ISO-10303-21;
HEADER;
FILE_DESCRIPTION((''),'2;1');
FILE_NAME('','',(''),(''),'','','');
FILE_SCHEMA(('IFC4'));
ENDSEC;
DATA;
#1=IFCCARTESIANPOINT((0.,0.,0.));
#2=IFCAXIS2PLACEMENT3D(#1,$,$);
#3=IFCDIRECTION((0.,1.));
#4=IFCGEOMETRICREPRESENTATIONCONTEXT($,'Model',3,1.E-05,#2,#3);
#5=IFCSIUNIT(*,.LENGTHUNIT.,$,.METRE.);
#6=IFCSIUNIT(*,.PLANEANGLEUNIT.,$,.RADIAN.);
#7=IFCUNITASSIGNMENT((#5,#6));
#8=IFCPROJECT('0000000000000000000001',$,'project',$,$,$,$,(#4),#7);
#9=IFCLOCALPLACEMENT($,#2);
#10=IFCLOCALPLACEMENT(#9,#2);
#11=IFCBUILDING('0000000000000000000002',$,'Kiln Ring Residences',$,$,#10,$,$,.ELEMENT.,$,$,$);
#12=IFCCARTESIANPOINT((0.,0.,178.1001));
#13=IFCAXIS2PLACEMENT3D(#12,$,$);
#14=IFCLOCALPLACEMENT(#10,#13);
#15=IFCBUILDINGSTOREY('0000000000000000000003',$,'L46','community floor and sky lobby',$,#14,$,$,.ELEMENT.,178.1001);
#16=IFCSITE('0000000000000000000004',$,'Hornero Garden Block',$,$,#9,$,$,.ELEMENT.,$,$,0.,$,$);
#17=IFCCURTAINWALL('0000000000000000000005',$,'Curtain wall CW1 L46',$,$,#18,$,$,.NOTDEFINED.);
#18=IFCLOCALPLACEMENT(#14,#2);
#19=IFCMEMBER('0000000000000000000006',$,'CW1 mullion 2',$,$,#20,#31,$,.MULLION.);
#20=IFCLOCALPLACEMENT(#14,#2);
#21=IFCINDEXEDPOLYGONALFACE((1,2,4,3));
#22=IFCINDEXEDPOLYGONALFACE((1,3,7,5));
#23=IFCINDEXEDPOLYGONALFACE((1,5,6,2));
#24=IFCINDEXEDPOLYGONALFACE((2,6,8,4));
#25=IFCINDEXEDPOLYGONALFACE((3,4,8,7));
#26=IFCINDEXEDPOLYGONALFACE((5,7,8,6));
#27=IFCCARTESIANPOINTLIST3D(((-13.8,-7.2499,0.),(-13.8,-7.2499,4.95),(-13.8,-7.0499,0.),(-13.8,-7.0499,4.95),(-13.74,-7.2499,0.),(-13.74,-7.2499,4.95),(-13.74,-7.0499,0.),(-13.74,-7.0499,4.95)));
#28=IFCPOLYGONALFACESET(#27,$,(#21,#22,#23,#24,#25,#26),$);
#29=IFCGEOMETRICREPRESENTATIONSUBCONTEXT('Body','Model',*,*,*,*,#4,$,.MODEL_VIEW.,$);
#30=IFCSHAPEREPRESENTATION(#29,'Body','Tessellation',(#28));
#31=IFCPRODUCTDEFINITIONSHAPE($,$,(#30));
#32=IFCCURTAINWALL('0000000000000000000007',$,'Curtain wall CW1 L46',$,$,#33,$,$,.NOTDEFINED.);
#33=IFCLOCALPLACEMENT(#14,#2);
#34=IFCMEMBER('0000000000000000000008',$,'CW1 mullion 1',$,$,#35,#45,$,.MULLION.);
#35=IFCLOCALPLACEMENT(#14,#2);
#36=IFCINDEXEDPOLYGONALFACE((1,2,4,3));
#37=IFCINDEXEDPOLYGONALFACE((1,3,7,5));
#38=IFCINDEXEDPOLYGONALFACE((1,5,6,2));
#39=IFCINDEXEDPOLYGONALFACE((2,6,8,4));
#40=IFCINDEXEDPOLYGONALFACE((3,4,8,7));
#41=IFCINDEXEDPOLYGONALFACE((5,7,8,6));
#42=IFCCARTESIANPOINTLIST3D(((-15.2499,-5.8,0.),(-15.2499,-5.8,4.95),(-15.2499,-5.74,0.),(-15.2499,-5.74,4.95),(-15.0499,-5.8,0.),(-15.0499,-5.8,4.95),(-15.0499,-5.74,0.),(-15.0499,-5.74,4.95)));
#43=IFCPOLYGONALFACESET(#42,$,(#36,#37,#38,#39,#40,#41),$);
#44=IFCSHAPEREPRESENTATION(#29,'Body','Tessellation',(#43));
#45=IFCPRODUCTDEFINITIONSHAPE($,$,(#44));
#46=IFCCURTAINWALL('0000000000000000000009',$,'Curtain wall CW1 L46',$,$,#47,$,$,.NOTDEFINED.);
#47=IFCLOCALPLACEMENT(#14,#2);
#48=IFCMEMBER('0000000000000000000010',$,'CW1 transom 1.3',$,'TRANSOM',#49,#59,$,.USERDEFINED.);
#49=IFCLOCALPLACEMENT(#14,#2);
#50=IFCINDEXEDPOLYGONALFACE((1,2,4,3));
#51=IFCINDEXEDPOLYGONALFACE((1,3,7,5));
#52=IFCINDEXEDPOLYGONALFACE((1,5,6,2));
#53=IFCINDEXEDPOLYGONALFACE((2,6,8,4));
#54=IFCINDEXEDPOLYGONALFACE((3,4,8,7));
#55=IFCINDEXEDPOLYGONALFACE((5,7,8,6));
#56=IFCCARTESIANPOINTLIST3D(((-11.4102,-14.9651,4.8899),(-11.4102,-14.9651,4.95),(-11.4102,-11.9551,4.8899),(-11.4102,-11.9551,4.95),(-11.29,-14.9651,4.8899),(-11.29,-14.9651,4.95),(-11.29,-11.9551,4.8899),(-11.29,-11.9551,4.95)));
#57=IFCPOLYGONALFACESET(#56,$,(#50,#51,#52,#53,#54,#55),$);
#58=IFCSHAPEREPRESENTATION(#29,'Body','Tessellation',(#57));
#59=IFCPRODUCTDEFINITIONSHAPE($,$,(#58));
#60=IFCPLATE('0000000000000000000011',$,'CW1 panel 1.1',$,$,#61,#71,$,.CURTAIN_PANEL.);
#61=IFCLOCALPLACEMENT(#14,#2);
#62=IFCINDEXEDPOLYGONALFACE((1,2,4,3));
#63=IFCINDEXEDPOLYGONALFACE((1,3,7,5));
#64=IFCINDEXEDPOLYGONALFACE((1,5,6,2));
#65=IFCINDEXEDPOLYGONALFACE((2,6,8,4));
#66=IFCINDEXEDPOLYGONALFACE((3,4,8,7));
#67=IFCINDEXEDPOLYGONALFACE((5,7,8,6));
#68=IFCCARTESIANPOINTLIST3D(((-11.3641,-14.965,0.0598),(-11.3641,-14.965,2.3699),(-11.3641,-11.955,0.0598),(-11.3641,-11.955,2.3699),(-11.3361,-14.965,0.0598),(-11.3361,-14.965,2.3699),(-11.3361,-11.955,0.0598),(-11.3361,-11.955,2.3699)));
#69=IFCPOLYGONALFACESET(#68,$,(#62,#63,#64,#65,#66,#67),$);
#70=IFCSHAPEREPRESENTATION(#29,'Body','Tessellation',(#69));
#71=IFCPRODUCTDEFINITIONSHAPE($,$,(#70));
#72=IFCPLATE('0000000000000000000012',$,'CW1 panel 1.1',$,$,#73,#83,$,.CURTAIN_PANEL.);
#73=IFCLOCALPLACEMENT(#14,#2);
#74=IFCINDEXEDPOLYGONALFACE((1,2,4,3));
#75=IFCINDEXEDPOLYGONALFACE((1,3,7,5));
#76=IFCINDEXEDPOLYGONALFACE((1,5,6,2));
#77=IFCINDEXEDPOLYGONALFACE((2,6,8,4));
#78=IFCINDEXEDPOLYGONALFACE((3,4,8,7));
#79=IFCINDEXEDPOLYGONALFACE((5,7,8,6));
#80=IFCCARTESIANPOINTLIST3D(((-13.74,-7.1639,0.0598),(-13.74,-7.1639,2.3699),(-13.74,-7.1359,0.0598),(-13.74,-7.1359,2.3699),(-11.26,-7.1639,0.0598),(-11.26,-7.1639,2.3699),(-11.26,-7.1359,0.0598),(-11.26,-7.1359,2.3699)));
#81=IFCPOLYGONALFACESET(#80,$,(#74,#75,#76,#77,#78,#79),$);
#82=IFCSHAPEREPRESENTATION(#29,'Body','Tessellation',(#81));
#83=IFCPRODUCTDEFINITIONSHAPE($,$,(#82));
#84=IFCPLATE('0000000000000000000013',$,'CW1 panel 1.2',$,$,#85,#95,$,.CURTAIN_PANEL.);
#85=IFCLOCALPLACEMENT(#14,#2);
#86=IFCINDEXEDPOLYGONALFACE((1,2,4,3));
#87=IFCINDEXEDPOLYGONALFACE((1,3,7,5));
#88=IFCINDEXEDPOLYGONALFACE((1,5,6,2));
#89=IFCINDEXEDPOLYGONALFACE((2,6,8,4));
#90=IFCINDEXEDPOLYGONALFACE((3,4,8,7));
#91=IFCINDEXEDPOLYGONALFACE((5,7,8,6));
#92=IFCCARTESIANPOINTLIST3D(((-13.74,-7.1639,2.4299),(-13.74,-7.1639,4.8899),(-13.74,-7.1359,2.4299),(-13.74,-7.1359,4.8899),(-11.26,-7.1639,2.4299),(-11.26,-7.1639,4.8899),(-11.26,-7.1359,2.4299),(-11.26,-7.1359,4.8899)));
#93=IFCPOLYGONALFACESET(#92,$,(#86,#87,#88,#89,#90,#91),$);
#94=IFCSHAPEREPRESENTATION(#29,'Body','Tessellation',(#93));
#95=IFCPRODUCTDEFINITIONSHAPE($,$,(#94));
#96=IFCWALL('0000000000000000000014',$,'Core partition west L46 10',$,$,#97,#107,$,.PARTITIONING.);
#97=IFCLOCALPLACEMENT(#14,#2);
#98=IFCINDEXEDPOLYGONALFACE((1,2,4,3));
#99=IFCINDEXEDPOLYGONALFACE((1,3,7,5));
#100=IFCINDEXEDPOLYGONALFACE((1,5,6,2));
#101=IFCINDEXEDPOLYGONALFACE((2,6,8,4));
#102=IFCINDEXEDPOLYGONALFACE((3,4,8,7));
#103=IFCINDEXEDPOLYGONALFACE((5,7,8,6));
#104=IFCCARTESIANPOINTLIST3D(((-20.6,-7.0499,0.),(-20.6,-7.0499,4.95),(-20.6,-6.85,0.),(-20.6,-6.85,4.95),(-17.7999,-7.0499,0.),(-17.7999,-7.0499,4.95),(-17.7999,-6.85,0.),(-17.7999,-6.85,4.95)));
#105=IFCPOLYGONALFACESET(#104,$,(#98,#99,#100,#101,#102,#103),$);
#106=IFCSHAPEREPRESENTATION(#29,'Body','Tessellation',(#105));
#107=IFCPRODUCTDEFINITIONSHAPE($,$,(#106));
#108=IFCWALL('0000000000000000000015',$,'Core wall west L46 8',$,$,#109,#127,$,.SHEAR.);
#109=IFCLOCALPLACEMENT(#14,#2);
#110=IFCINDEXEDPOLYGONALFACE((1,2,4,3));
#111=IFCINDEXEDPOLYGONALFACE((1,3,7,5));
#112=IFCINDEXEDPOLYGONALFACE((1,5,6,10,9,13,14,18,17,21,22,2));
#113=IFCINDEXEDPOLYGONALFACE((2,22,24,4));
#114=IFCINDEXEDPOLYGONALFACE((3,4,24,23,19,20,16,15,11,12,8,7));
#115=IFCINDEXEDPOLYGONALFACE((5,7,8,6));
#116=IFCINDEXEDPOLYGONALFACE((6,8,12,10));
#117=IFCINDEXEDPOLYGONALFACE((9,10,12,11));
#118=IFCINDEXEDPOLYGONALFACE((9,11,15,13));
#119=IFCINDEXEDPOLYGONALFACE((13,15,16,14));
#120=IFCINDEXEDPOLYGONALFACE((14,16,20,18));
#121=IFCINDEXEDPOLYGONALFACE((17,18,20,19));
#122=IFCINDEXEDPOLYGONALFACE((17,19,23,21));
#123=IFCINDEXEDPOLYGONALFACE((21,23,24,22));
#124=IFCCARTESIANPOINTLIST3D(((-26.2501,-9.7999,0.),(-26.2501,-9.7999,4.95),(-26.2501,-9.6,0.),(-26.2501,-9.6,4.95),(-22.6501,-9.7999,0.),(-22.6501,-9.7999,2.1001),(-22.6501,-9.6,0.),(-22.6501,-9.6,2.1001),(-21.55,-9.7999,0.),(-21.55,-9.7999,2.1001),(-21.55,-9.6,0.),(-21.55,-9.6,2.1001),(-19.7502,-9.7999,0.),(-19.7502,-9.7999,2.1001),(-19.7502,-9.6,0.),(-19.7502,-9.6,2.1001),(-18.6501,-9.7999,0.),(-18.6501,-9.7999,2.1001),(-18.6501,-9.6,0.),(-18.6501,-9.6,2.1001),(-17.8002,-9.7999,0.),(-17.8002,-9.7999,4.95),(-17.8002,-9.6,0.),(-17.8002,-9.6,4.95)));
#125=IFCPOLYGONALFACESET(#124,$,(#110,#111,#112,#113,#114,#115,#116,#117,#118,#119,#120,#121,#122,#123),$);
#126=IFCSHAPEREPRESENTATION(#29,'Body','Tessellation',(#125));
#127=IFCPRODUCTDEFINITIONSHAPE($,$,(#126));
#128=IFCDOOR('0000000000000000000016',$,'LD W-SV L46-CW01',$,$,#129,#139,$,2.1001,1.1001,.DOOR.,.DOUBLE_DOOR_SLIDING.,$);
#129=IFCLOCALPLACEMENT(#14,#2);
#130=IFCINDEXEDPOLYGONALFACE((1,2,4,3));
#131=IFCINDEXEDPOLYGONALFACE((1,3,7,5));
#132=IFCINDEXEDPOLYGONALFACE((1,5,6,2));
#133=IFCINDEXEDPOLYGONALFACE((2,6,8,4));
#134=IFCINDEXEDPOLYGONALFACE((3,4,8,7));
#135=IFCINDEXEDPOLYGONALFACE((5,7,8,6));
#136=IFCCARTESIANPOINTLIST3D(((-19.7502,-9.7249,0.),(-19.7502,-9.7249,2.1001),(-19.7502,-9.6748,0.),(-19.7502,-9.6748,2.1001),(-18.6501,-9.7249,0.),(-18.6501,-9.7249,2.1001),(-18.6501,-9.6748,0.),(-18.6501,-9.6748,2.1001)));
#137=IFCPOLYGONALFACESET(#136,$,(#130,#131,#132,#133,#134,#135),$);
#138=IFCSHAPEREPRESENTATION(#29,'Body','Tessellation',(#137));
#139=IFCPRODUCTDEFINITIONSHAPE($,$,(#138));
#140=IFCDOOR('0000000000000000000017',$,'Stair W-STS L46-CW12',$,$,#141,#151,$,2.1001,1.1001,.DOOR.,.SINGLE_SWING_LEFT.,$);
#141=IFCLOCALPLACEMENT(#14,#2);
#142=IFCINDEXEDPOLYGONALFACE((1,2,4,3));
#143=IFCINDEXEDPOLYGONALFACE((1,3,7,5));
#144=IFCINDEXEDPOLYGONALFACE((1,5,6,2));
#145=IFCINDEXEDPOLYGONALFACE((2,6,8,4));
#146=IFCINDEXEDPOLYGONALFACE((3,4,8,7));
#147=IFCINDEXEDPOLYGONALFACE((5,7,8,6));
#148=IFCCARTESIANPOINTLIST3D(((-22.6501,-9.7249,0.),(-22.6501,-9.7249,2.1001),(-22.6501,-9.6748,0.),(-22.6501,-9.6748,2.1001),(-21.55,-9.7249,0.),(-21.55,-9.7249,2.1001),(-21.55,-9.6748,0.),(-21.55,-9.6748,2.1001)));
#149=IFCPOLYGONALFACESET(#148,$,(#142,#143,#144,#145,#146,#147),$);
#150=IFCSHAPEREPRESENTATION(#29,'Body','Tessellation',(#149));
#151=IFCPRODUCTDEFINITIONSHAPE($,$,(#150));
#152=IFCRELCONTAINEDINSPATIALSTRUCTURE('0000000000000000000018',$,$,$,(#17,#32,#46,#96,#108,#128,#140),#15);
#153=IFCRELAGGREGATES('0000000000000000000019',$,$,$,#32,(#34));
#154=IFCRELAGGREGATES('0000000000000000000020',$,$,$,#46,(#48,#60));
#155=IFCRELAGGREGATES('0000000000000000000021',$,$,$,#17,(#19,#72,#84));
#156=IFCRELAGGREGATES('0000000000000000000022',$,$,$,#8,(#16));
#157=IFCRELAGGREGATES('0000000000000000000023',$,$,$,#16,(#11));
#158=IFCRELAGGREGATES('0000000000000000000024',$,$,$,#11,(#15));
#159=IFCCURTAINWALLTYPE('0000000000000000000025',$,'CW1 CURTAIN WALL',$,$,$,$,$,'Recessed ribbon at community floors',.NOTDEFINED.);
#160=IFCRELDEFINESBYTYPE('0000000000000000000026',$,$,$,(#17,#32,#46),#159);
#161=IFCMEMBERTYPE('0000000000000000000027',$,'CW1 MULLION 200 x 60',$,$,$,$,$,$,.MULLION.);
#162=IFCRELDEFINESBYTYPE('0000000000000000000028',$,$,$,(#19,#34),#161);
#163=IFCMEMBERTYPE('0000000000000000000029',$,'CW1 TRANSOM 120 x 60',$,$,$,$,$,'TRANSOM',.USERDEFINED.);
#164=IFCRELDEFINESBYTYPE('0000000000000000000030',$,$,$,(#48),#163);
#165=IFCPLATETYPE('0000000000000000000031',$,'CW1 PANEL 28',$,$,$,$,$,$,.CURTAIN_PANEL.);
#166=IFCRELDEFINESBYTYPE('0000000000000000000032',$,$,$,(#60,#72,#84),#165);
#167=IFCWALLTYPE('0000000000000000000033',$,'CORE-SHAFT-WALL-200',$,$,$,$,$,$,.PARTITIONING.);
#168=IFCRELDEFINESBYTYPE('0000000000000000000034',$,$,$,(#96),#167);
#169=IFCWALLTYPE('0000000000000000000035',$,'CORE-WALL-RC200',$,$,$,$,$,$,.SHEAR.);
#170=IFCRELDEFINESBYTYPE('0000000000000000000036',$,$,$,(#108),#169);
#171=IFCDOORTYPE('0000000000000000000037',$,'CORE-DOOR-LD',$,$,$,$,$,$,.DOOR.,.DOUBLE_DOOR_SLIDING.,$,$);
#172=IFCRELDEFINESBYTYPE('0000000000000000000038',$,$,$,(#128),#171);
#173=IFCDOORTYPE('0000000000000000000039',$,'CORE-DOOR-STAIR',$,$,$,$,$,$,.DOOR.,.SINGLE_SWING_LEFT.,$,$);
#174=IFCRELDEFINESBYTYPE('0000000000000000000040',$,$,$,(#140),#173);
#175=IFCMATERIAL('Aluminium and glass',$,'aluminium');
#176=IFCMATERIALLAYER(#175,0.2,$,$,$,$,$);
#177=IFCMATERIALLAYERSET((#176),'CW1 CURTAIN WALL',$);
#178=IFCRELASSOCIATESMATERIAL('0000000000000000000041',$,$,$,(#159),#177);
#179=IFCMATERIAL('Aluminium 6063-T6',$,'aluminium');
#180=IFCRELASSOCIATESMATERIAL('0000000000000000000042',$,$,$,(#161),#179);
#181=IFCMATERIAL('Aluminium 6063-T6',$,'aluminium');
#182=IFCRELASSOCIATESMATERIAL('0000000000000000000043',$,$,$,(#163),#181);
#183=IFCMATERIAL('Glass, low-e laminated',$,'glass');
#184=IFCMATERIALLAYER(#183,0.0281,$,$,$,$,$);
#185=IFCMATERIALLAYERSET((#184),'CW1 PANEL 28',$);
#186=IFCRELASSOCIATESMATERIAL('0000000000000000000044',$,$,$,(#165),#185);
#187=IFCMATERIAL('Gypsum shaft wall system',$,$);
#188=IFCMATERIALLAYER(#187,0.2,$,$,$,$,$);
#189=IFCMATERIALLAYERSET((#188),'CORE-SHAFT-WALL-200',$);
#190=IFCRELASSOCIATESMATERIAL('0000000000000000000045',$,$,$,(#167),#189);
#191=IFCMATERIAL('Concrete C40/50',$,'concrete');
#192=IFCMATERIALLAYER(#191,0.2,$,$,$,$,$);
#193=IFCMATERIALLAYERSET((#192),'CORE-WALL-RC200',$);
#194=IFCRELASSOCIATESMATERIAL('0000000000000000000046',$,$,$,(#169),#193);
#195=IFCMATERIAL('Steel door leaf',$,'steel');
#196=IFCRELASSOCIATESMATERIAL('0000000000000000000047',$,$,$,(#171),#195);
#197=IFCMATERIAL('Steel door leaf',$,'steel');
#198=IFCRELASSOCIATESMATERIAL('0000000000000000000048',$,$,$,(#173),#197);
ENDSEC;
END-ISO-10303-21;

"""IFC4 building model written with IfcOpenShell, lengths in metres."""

from ifc_helpers import new_model, si_unit, direction, frame, frame_2d, origin, origin_2d, place, context, subcontext, project, spatial, rectangle, extrude, material, layer, layer_set, material_profile, profile_set, type_object, element, fill, aggregate, save


model = new_model("IFC4")

# Units and contexts
model_context = context("Model", 3, precision=1e-05, world=origin(), true_north=direction((0.0, 1.0)))
body_context = subcontext(model_context, "Body", "Model", "MODEL_VIEW")
ifc_project = project(units=[si_unit("LENGTHUNIT", "METRE"), si_unit("PLANEANGLEUNIT", "RADIAN")], contexts=[model_context])

# Site, building, storey
site_placement = place(None, origin())
site = spatial("IfcSite", under=ifc_project, at=site_placement, Name="Hornero Garden Block", CompositionType="ELEMENT", RefElevation=0.0)
building_placement = place(site_placement, origin())
building = spatial("IfcBuilding", under=site, at=building_placement, Name="Kiln Ring Residences", CompositionType="ELEMENT")
storey_placement = place(building_placement, frame((0.0, 0.0, 178.1001)))
storey = spatial("IfcBuildingStorey", under=building, at=storey_placement, Name="L46", Description="community floor and sky lobby", CompositionType="ELEMENT", Elevation=178.1001)

# Curtain walls, members
ifc_material_1 = material(Name="Aluminium and glass", Category="aluminium")
ifc_layer_1 = layer(ifc_material_1, 0.2)
ifc_layer_set_1 = layer_set([ifc_layer_1], Name="CW1 CURTAIN WALL")
curtain_wall_type = type_object("IfcCurtainWallType", Name="CW1 CURTAIN WALL", ElementType="Recessed ribbon at community floors", PredefinedType="NOTDEFINED", material=ifc_layer_set_1)
placement = place(storey_placement, origin())
curtain_wall_1 = element("IfcCurtainWall", 1, at=placement, inside=storey, type_object=curtain_wall_type, Name="Curtain wall CW1 L46", PredefinedType="NOTDEFINED")
ifc_material_2 = material(Name="Aluminium 6063-T6", Category="aluminium")
ifc_material_profile_1 = material_profile(ifc_material_2, rectangle(XDim=0.2, YDim=0.0601, at=origin_2d()), Name="AL 200x60")
ifc_profile_set_1 = profile_set([ifc_material_profile_1], Name="Aluminium 6063-T6")
member_type_1 = type_object("IfcMemberType", Name="CW1 MULLION 200 x 60", PredefinedType="MULLION", material=ifc_profile_set_1)
member_1_placement = place(storey_placement, frame((-13.77, -7.1499, 0.0), z_axis=(0.0, 0.0, 1.0), x_axis=(0.0, -1.0, 0.0)))
member_1 = element("IfcMember", 2, at=member_1_placement, type_object=member_type_1, Name="CW1 mullion 2", PredefinedType="MULLION", context=body_context, shape_type="SweptSolid", body=[
    extrude(rectangle(XDim=0.2, YDim=0.0601, at=origin_2d()), origin(), (0.0, 0.0, 1.0), 4.95),
])
curtain_wall_2 = element("IfcCurtainWall", 3, at=placement, inside=storey, type_object=curtain_wall_type, Name="Curtain wall CW1 L46", PredefinedType="NOTDEFINED")
member_2_placement = place(storey_placement, frame((-15.1499, -5.77, 0.0), z_axis=(0.0, 0.0, 1.0), x_axis=(-1.0, 0.0, 0.0)))
member_2 = element("IfcMember", 4, at=member_2_placement, type_object=member_type_1, Name="CW1 mullion 1", PredefinedType="MULLION", context=body_context, shape_type="SweptSolid", body=[
    extrude(rectangle(XDim=0.2, YDim=0.0601, at=origin_2d()), origin(), (0.0, 0.0, 1.0), 4.95),
])
aggregate(curtain_wall_2, [member_2])

# Curtain wall, member, plate
curtain_wall_3 = element("IfcCurtainWall", 5, at=placement, inside=storey, type_object=curtain_wall_type, Name="Curtain wall CW1 L46", PredefinedType="NOTDEFINED")
ifc_material_3 = material(Name="Aluminium 6063-T6", Category="aluminium")
ifc_material_profile_2 = material_profile(ifc_material_3, rectangle(XDim=0.1201, YDim=0.0601, at=origin_2d()), Name="AL 120x60")
ifc_profile_set_2 = profile_set([ifc_material_profile_2], Name="Aluminium 6063-T6")
member_type_2 = type_object("IfcMemberType", Name="CW1 TRANSOM 120 x 60", ElementType="TRANSOM", PredefinedType="USERDEFINED", material=ifc_profile_set_2)
member_3_placement = place(storey_placement, frame((-11.3501, -14.9651, 4.9199), z_axis=(0.0, 1.0, 0.0), x_axis=(-1.0, 0.0, 0.0)))
member_3 = element("IfcMember", 6, at=member_3_placement, type_object=member_type_2, Name="CW1 transom 1.3", ObjectType="TRANSOM", PredefinedType="USERDEFINED", context=body_context, shape_type="SweptSolid", body=[
    extrude(rectangle(XDim=0.1201, YDim=0.0601, at=origin_2d()), origin(), (0.0, 0.0, 1.0), 3.01),
])
ifc_material_4 = material(Name="Glass, low-e laminated", Category="glass")
ifc_layer_2 = layer(ifc_material_4, 0.0281)
ifc_layer_set_2 = layer_set([ifc_layer_2], Name="CW1 PANEL 28")
plate_type = type_object("IfcPlateType", Name="CW1 PANEL 28", PredefinedType="CURTAIN_PANEL", material=ifc_layer_set_2)
plate_1_placement = place(storey_placement, frame((-11.3501, -13.46, 0.0598), z_axis=(0.0, 0.0, 1.0), x_axis=(0.0, 1.0, 0.0)))
plate_1 = element("IfcPlate", 7, at=plate_1_placement, type_object=plate_type, Name="CW1 panel 1.1", PredefinedType="CURTAIN_PANEL", context=body_context, shape_type="SweptSolid", body=[
    extrude(rectangle(XDim=3.01, YDim=0.0281, at=origin_2d()), origin(), (0.0, 0.0, 1.0), 2.3101),
])
aggregate(curtain_wall_3, [member_3, plate_1])

# Plates
plate_2_placement = place(storey_placement, frame((-12.5, -7.1499, 0.0598), z_axis=(0.0, 0.0, 1.0), x_axis=(-1.0, 0.0, 0.0)))
plate_2 = element("IfcPlate", 8, at=plate_2_placement, type_object=plate_type, Name="CW1 panel 1.1", PredefinedType="CURTAIN_PANEL", context=body_context, shape_type="SweptSolid", body=[
    extrude(rectangle(XDim=2.48, YDim=0.0281, at=origin_2d()), origin(), (0.0, 0.0, 1.0), 2.3101),
])
plate_3_placement = place(storey_placement, frame((-12.5, -7.1499, 2.4299), z_axis=(0.0, 0.0, 1.0), x_axis=(-1.0, 0.0, 0.0)))
plate_3 = element("IfcPlate", 9, at=plate_3_placement, type_object=plate_type, Name="CW1 panel 1.2", PredefinedType="CURTAIN_PANEL", context=body_context, shape_type="SweptSolid", body=[
    extrude(rectangle(XDim=2.48, YDim=0.0281, at=origin_2d()), origin(), (0.0, 0.0, 1.0), 2.46),
])
aggregate(curtain_wall_1, [member_1, plate_2, plate_3])

# Wall
ifc_material_5 = material(Name="Gypsum shaft wall system")
ifc_layer_3 = layer(ifc_material_5, 0.2)
ifc_layer_set_3 = layer_set([ifc_layer_3], Name="CORE-SHAFT-WALL-200")
wall_type_1 = type_object("IfcWallType", Name="CORE-SHAFT-WALL-200", PredefinedType="PARTITIONING", material=ifc_layer_set_3)
wall_1_placement = place(storey_placement, frame((-17.8, -6.95, 0.0), z_axis=(0.0, 0.0, 1.0), x_axis=(-1.0, 0.0, 0.0)))
element("IfcWall", 10, at=wall_1_placement, inside=storey, type_object=wall_type_1, Name="Core partition west L46 10", PredefinedType="PARTITIONING", context=body_context, shape_type="SweptSolid", body=[
    extrude(rectangle(XDim=2.8, YDim=0.2, at=frame_2d((1.3999, 0.0))), origin(), (0.0, 0.0, 1.0), 4.95),
])

# Wall, openings, doors
ifc_material_6 = material(Name="Concrete C40/50", Category="concrete")
ifc_layer_4 = layer(ifc_material_6, 0.2)
ifc_layer_set_4 = layer_set([ifc_layer_4], Name="CORE-WALL-RC200")
wall_type_2 = type_object("IfcWallType", Name="CORE-WALL-RC200", PredefinedType="SHEAR", material=ifc_layer_set_4)
wall_2_placement = place(storey_placement, frame((-17.8, -9.7, 0.0), z_axis=(0.0, 0.0, 1.0), x_axis=(-1.0, 0.0, 0.0)))
wall_2 = element("IfcWall", 11, at=wall_2_placement, inside=storey, type_object=wall_type_2, Name="Core wall west L46 8", PredefinedType="SHEAR", context=body_context, shape_type="SweptSolid", body=[
    extrude(rectangle(XDim=8.45, YDim=0.2, at=frame_2d((4.2251, 0.0))), origin(), (0.0, 0.0, 1.0), 4.95),
])
opening_1_placement = place(wall_2_placement, frame((0.8501, 0.0, 0.0)))
opening_1 = element("IfcOpeningElement", 12, at=opening_1_placement, cuts=wall_2, PredefinedType="OPENING", context=body_context, shape_type="SweptSolid", body=[
    extrude(rectangle(XDim=1.1001, YDim=2.1001, at=frame_2d((0.55, 1.05))), frame((0.0, 0.1099, 0.0), z_axis=(0.0, -1.0, 0.0), x_axis=(1.0, 0.0, 0.0)), (0.0, 0.0, 1.0), 0.22),
])
opening_2_placement = place(wall_2_placement, frame((3.75, 0.0, 0.0)))
opening_2 = element("IfcOpeningElement", 13, at=opening_2_placement, cuts=wall_2, PredefinedType="OPENING", context=body_context, shape_type="SweptSolid", body=[
    extrude(rectangle(XDim=1.1001, YDim=2.1001, at=frame_2d((0.55, 1.05))), frame((0.0, 0.1099, 0.0), z_axis=(0.0, -1.0, 0.0), x_axis=(1.0, 0.0, 0.0)), (0.0, 0.0, 1.0), 0.22),
])
ifc_material_7 = material(Name="Steel door leaf", Category="steel")
door_type_1 = type_object("IfcDoorType", Name="CORE-DOOR-LD", OperationType="DOUBLE_DOOR_SLIDING", PredefinedType="DOOR", material=ifc_material_7)
door_1_placement = place(opening_1_placement, origin())
door_1 = element("IfcDoor", 14, at=door_1_placement, inside=storey, type_object=door_type_1, Name="LD W-SV L46-CW01", OperationType="DOUBLE_DOOR_SLIDING", OverallHeight=2.1001, OverallWidth=1.1001, PredefinedType="DOOR", context=body_context, shape_type="SweptSolid", body=[
    extrude(rectangle(XDim=1.1001, YDim=2.1001, at=frame_2d((0.55, 1.05))), frame((0.0, 0.0249, 0.0), z_axis=(0.0, -1.0, 0.0), x_axis=(1.0, 0.0, 0.0)), (0.0, 0.0, 1.0), 0.05),
])
fill(opening_1, door_1)
ifc_material_8 = material(Name="Steel door leaf", Category="steel")
door_type_2 = type_object("IfcDoorType", Name="CORE-DOOR-STAIR", OperationType="SINGLE_SWING_LEFT", PredefinedType="DOOR", material=ifc_material_8)
door_2_placement = place(opening_2_placement, origin())
door_2 = element("IfcDoor", 15, at=door_2_placement, inside=storey, type_object=door_type_2, Name="Stair W-STS L46-CW12", OperationType="SINGLE_SWING_LEFT", OverallHeight=2.1001, OverallWidth=1.1001, PredefinedType="DOOR", context=body_context, shape_type="SweptSolid", body=[
    extrude(rectangle(XDim=1.1001, YDim=2.1001, at=frame_2d((0.55, 1.05))), frame((0.0, 0.0249, 0.0), z_axis=(0.0, -1.0, 0.0), x_axis=(1.0, 0.0, 0.0)), (0.0, 0.0, 1.0), 0.05),
])
fill(opening_2, door_2)

save(model, "model.ifc")
